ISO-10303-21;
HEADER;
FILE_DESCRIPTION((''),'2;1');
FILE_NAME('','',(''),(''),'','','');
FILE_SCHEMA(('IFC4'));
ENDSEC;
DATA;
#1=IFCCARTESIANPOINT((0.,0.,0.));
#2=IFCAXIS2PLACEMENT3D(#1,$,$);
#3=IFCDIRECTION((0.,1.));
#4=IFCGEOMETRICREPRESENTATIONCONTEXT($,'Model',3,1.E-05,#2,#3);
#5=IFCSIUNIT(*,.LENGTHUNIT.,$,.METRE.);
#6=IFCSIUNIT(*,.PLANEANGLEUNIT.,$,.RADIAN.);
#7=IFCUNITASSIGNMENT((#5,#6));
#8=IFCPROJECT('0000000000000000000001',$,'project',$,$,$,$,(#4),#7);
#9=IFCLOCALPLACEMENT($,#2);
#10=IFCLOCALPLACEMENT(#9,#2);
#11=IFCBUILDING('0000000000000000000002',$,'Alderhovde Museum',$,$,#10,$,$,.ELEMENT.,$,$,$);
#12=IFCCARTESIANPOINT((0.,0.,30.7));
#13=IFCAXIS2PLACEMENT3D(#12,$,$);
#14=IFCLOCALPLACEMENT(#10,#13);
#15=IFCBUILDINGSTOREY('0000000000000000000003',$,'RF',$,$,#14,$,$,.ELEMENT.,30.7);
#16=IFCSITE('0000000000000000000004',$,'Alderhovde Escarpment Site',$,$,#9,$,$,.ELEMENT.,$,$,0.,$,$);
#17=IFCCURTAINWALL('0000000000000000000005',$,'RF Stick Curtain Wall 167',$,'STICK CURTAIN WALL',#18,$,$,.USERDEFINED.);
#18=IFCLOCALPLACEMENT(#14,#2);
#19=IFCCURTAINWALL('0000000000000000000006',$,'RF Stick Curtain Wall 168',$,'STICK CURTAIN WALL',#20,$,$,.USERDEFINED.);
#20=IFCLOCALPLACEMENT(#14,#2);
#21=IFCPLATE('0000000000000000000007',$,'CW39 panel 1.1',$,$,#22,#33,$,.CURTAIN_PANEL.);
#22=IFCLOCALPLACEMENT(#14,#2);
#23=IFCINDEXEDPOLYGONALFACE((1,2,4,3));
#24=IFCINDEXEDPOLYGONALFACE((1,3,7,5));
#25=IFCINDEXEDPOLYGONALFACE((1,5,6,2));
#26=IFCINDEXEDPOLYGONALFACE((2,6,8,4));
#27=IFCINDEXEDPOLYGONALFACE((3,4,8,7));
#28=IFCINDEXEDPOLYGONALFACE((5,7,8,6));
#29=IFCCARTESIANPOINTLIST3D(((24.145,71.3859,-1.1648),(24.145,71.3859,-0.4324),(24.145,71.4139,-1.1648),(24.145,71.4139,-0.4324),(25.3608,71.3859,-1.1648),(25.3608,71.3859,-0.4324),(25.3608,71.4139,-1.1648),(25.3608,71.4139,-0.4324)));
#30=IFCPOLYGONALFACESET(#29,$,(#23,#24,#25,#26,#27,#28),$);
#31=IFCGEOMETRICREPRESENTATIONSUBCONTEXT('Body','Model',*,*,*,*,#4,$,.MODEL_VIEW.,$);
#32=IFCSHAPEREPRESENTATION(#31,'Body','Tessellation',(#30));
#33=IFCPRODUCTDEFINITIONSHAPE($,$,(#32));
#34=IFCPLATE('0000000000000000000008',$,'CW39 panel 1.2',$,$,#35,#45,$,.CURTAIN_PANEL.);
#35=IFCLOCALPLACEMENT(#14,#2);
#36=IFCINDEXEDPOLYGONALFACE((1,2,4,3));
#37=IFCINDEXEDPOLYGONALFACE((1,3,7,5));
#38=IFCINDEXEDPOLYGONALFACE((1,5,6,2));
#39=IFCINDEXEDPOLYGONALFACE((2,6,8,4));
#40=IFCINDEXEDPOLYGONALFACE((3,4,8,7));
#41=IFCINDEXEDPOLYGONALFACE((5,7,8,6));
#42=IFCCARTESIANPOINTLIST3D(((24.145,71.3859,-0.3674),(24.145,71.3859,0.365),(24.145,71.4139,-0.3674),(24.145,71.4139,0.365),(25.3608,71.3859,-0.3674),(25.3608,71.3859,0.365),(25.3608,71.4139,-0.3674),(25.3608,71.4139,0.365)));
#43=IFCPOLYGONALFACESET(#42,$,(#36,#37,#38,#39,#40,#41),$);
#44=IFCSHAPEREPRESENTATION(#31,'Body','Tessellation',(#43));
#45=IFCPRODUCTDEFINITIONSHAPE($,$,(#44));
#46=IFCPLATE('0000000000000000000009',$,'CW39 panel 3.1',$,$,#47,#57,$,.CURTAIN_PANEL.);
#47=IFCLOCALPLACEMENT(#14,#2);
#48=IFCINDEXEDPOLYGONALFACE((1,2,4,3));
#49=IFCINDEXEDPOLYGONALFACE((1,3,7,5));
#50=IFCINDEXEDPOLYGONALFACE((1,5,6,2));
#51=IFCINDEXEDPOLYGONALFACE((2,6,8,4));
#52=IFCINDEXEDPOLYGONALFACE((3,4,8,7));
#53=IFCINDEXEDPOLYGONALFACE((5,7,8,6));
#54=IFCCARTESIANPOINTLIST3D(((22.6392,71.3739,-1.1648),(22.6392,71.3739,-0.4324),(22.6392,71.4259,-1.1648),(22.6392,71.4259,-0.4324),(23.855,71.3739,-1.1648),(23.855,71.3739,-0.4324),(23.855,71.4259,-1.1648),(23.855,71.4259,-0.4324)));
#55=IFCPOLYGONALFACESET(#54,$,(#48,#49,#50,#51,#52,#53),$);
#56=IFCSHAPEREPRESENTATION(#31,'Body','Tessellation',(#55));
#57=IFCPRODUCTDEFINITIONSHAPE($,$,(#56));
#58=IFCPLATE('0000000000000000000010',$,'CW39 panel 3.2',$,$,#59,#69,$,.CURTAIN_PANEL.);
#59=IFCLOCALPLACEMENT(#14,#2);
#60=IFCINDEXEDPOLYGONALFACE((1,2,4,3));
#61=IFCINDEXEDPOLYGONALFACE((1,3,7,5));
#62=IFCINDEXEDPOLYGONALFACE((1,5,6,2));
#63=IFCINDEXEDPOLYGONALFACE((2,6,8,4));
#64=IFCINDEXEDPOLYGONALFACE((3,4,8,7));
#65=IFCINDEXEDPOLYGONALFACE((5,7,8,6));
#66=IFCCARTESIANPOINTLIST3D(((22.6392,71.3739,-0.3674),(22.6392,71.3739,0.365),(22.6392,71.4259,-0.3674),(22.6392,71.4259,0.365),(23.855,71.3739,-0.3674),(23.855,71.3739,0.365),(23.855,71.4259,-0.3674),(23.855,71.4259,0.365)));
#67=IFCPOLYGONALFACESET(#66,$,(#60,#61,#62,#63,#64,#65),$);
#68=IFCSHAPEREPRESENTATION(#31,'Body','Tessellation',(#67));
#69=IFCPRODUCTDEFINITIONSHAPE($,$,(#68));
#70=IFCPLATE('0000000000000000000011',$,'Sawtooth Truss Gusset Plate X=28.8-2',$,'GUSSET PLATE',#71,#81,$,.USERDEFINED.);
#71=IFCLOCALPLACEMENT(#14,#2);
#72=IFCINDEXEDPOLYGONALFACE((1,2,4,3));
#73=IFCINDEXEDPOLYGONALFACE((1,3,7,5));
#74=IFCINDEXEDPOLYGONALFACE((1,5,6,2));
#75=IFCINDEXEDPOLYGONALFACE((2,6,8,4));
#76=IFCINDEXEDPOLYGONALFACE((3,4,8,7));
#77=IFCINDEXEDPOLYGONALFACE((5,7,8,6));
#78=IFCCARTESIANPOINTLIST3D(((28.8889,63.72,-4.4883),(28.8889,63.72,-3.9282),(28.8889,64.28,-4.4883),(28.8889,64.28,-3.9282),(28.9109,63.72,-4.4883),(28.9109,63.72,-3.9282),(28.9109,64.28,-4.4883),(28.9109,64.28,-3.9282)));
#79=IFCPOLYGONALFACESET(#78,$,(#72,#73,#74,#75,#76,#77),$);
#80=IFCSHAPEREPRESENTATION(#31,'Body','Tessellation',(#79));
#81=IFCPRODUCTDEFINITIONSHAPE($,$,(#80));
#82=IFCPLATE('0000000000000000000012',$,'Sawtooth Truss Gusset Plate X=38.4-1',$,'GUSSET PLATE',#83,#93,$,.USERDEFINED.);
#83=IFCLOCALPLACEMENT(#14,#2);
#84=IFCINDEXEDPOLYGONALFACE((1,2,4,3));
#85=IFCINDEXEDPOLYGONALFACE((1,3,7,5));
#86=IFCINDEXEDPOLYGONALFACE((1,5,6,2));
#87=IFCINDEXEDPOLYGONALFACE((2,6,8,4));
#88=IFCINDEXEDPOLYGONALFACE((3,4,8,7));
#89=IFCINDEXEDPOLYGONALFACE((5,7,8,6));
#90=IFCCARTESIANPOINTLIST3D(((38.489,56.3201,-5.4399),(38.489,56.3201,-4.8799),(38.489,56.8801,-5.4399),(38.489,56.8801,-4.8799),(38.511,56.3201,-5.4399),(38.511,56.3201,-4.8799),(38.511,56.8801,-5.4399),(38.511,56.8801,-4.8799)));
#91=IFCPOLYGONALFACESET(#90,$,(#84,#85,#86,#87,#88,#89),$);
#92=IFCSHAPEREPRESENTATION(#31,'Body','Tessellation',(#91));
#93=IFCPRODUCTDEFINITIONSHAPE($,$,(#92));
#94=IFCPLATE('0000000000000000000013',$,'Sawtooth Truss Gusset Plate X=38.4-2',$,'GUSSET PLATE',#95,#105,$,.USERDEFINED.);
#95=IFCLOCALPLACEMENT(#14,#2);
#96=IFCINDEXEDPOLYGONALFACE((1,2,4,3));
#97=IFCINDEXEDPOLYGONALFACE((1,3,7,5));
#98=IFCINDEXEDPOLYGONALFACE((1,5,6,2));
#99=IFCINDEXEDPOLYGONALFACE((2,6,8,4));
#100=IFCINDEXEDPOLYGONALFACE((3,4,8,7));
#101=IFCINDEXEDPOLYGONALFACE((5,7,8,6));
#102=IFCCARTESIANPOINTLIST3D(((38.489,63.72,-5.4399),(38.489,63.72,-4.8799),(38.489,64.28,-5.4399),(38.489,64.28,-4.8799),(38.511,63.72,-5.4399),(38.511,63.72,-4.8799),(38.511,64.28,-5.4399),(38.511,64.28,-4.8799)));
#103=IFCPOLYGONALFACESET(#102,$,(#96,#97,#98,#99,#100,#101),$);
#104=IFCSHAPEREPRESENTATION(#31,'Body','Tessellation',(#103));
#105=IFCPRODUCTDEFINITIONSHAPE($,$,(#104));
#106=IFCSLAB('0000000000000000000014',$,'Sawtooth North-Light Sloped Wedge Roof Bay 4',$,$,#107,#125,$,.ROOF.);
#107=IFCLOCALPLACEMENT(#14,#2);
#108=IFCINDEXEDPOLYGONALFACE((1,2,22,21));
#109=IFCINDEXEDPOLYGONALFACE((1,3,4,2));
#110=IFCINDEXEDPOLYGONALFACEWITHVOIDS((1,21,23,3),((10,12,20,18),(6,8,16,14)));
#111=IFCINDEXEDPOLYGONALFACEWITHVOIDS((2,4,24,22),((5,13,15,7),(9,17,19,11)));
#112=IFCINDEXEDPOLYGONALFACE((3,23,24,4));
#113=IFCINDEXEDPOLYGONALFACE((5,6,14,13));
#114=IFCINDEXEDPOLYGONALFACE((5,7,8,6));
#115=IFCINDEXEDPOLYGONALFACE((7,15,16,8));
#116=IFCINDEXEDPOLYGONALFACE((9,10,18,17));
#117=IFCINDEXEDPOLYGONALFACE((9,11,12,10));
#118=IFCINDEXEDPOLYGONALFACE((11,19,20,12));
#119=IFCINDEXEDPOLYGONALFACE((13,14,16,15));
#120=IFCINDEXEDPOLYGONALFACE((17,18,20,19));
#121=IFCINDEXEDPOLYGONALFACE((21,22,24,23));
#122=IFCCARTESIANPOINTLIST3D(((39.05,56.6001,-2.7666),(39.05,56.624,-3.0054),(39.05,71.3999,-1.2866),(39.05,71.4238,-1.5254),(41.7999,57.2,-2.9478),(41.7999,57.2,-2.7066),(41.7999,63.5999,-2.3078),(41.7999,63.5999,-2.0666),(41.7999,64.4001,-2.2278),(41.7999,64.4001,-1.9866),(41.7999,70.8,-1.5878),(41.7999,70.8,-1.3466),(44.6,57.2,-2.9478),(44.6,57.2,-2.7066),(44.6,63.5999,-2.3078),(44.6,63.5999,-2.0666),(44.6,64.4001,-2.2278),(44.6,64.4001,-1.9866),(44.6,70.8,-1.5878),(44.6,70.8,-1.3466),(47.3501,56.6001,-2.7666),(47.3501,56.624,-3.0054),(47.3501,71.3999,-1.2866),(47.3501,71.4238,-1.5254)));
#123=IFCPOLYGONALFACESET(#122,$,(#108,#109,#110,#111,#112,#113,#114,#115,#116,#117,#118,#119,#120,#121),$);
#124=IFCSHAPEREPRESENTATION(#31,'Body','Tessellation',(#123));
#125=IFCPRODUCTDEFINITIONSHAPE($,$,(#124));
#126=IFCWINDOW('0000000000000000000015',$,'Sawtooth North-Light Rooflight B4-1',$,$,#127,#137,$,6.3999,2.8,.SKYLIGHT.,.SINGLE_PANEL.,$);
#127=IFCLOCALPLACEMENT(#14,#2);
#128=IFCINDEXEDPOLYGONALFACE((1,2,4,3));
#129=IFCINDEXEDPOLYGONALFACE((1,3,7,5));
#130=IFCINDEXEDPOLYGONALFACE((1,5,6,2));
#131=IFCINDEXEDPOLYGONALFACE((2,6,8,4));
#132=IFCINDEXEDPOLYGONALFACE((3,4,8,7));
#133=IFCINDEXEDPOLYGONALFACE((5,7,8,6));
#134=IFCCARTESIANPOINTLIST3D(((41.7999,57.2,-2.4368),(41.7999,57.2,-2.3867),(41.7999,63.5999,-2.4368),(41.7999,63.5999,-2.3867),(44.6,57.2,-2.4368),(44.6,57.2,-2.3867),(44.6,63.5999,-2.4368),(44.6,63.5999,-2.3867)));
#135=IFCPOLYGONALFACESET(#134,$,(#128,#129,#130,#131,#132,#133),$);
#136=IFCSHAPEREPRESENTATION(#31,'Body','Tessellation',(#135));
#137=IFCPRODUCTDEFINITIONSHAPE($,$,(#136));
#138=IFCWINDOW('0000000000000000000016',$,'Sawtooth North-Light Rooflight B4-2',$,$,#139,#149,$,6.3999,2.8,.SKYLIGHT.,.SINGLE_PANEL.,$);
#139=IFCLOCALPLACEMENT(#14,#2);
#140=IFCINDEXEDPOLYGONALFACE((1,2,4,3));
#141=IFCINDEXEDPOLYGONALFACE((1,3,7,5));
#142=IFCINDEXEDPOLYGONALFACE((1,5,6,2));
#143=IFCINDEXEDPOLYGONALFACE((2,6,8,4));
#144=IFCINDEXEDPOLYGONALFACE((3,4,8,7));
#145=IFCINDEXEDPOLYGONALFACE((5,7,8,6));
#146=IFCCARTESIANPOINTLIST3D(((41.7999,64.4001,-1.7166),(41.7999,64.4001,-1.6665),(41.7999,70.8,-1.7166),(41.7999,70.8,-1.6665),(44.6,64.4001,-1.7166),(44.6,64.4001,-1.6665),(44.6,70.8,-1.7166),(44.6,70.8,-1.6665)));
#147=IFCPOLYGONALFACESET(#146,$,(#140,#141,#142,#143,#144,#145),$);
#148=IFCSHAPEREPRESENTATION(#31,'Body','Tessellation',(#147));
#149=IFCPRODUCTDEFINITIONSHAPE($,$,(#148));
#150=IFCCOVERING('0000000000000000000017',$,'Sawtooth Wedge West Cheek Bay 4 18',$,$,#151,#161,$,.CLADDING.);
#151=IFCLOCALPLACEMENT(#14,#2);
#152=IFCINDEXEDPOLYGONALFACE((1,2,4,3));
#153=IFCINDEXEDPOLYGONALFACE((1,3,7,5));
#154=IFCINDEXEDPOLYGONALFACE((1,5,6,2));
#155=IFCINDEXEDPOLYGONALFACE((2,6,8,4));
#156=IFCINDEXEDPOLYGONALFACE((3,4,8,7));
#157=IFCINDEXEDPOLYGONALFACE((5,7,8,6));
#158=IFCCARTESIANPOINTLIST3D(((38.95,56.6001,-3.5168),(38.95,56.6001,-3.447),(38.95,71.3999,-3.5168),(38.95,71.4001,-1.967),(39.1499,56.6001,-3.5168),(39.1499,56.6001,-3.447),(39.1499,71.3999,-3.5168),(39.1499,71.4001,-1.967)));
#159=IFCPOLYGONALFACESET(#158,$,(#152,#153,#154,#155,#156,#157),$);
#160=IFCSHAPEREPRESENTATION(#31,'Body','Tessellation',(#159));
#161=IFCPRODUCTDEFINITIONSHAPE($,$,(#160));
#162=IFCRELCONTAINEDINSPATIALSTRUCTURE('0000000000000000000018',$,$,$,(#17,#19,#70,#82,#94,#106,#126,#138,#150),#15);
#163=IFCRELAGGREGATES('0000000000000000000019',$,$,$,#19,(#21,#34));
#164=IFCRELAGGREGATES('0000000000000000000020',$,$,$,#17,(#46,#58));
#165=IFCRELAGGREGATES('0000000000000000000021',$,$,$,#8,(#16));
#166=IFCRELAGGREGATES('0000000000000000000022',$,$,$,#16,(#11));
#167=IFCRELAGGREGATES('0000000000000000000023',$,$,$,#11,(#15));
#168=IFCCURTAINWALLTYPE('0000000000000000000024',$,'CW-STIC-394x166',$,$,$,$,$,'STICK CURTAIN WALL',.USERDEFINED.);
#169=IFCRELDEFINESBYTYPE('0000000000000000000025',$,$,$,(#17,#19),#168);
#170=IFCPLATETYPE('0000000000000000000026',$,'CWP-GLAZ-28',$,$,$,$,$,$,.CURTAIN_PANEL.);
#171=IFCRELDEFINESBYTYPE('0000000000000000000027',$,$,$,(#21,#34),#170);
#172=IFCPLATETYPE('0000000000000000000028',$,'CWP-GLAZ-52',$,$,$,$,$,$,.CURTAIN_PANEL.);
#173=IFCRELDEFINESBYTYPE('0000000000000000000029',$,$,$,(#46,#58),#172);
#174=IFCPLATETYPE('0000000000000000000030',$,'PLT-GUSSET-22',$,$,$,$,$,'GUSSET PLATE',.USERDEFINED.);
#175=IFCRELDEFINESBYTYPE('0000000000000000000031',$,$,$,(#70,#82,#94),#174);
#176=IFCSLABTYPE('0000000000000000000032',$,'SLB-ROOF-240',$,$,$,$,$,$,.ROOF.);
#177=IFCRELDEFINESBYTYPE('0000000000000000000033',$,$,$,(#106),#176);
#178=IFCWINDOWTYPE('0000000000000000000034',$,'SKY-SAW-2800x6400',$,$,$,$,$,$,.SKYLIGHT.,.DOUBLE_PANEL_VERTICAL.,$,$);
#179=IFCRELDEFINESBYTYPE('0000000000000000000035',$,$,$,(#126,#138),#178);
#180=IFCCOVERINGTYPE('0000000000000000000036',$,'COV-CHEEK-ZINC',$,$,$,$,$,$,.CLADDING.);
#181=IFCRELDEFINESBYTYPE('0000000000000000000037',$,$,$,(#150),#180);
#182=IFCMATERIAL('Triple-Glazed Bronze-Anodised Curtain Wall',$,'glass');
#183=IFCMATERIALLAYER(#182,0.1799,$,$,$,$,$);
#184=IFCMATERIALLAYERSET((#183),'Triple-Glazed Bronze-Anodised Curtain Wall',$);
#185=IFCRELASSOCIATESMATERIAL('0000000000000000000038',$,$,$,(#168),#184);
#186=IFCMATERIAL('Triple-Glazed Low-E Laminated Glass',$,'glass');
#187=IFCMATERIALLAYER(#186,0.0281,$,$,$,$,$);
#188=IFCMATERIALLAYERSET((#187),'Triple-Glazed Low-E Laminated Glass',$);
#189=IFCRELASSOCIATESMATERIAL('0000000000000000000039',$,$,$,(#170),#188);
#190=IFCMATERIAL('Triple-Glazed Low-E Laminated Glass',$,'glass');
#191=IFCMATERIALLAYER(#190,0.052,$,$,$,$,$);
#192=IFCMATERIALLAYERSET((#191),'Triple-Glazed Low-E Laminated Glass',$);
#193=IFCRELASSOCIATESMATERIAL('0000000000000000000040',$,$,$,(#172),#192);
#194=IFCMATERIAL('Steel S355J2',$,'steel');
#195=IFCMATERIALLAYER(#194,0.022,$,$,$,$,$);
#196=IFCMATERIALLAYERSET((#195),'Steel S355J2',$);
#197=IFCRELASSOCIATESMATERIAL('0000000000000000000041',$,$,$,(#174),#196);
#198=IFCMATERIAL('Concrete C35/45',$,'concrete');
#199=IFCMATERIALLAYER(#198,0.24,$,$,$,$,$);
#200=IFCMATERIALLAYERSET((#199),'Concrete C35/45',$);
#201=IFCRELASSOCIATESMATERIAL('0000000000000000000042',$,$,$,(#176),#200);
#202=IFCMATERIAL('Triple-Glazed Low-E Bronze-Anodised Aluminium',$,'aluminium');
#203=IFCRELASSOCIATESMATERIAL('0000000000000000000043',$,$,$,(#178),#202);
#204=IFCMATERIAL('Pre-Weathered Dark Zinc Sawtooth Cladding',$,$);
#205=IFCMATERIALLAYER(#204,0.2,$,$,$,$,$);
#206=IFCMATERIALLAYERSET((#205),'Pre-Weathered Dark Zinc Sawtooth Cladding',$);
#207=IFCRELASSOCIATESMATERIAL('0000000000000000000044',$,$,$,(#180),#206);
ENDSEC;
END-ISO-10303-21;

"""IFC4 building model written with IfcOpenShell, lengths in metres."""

from ifc_helpers import new_model, si_unit, direction, frame, origin, origin_2d, place, context, subcontext, project, spatial, polyline, rectangle, outline, extrude, material, layer, layer_set, type_object, element, fill, aggregate, save


model = new_model("IFC4")

# Units and contexts
model_context = context("Model", 3, precision=1e-05, world=origin(), true_north=direction((0.0, 1.0)))
body_context = subcontext(model_context, "Body", "Model", "MODEL_VIEW")
ifc_project = project(units=[si_unit("LENGTHUNIT", "METRE"), si_unit("PLANEANGLEUNIT", "RADIAN")], contexts=[model_context])

# Site, building, storey
site_placement = place(None, origin())
site = spatial("IfcSite", under=ifc_project, at=site_placement, Name="Alderhovde Escarpment Site", CompositionType="ELEMENT", RefElevation=0.0)
building_placement = place(site_placement, origin())
building = spatial("IfcBuilding", under=site, at=building_placement, Name="Alderhovde Museum", CompositionType="ELEMENT")
storey_placement = place(building_placement, frame((0.0, 0.0, 30.7)))
storey = spatial("IfcBuildingStorey", under=building, at=storey_placement, Name="RF", CompositionType="ELEMENT", Elevation=30.7)

# Curtain wall
ifc_material_1 = material(Name="Triple-Glazed Bronze-Anodised Curtain Wall", Category="glass")
ifc_layer_1 = layer(ifc_material_1, 0.1799)
ifc_layer_set_1 = layer_set([ifc_layer_1], Name="Triple-Glazed Bronze-Anodised Curtain Wall")
curtain_wall_type = type_object("IfcCurtainWallType", Name="CW-STIC-394x166", ElementType="STICK CURTAIN WALL", PredefinedType="USERDEFINED", material=ifc_layer_set_1)
curtain_wall_1_placement = place(storey_placement, origin())
curtain_wall_1 = element("IfcCurtainWall", 1, at=curtain_wall_1_placement, inside=storey, type_object=curtain_wall_type, Name="RF Stick Curtain Wall 167", ObjectType="STICK CURTAIN WALL", PredefinedType="USERDEFINED")

# Curtain wall
curtain_wall_2_placement = place(storey_placement, origin())
curtain_wall_2 = element("IfcCurtainWall", 2, at=curtain_wall_2_placement, inside=storey, type_object=curtain_wall_type, Name="RF Stick Curtain Wall 168", ObjectType="STICK CURTAIN WALL", PredefinedType="USERDEFINED")

# Plates
ifc_material_2 = material(Name="Triple-Glazed Low-E Laminated Glass", Category="glass")
ifc_layer_2 = layer(ifc_material_2, 0.0281)
ifc_layer_set_2 = layer_set([ifc_layer_2], Name="Triple-Glazed Low-E Laminated Glass")
plate_type_1 = type_object("IfcPlateType", Name="CWP-GLAZ-28", PredefinedType="CURTAIN_PANEL", material=ifc_layer_set_2)
plate_1_placement = place(storey_placement, frame((24.7529, 71.3999, -1.1648), z_axis=(0.0, 0.0, 1.0), x_axis=(1.0, 0.0, 0.0)))
plate_1 = element("IfcPlate", 3, at=plate_1_placement, type_object=plate_type_1, Name="CW39 panel 1.1", PredefinedType="CURTAIN_PANEL", context=body_context, shape_type="SweptSolid", body=[
    extrude(rectangle(XDim=1.2158, YDim=0.0281, at=origin_2d()), origin(), (0.0, 0.0, 1.0), 0.7324),
])
plate_2_placement = place(storey_placement, frame((24.7529, 71.3999, -0.3674), z_axis=(0.0, 0.0, 1.0), x_axis=(1.0, 0.0, 0.0)))
plate_2 = element("IfcPlate", 4, at=plate_2_placement, type_object=plate_type_1, Name="CW39 panel 1.2", PredefinedType="CURTAIN_PANEL", context=body_context, shape_type="SweptSolid", body=[
    extrude(rectangle(XDim=1.2158, YDim=0.0281, at=origin_2d()), origin(), (0.0, 0.0, 1.0), 0.7324),
])
aggregate(curtain_wall_2, [plate_1, plate_2])
ifc_material_3 = material(Name="Triple-Glazed Low-E Laminated Glass", Category="glass")
ifc_layer_3 = layer(ifc_material_3, 0.052)
ifc_layer_set_3 = layer_set([ifc_layer_3], Name="Triple-Glazed Low-E Laminated Glass")
plate_type_2 = type_object("IfcPlateType", Name="CWP-GLAZ-52", PredefinedType="CURTAIN_PANEL", material=ifc_layer_set_3)
plate_3_placement = place(storey_placement, frame((23.2471, 71.3999, -1.1648), z_axis=(0.0, 0.0, 1.0), x_axis=(1.0, 0.0, 0.0)))
plate_3 = element("IfcPlate", 5, at=plate_3_placement, type_object=plate_type_2, Name="CW39 panel 3.1", PredefinedType="CURTAIN_PANEL", context=body_context, shape_type="SweptSolid", body=[
    extrude(rectangle(XDim=1.2158, YDim=0.052, at=origin_2d()), origin(), (0.0, 0.0, 1.0), 0.7324),
])
plate_4_placement = place(storey_placement, frame((23.2471, 71.3999, -0.3674), z_axis=(0.0, 0.0, 1.0), x_axis=(1.0, 0.0, 0.0)))
plate_4 = element("IfcPlate", 6, at=plate_4_placement, type_object=plate_type_2, Name="CW39 panel 3.2", PredefinedType="CURTAIN_PANEL", context=body_context, shape_type="SweptSolid", body=[
    extrude(rectangle(XDim=1.2158, YDim=0.052, at=origin_2d()), origin(), (0.0, 0.0, 1.0), 0.7324),
])
aggregate(curtain_wall_1, [plate_3, plate_4])

# Plates
ifc_material_4 = material(Name="Steel S355J2", Category="steel")
ifc_layer_4 = layer(ifc_material_4, 0.022)
ifc_layer_set_4 = layer_set([ifc_layer_4], Name="Steel S355J2")
plate_type_3 = type_object("IfcPlateType", Name="PLT-GUSSET-22", ElementType="GUSSET PLATE", PredefinedType="USERDEFINED", material=ifc_layer_set_4)
for number, where, z_axis, x_axis, name in (
    (7, (28.8999, 64.0, -4.4883), (0.0, 0.0, 1.0), (1.0, 0.0, 0.0), "Sawtooth Truss Gusset Plate X=28.8-2"),
    (8, (38.5, 56.6001, -5.4399), (0.0, 0.0, 1.0), (1.0, 0.0, 0.0), "Sawtooth Truss Gusset Plate X=38.4-1"),
    (9, (38.5, 64.0, -5.4399), (0.0, 0.0, 1.0), (1.0, 0.0, 0.0), "Sawtooth Truss Gusset Plate X=38.4-2"),
):
    element("IfcPlate", number, at=place(storey_placement, frame(where, z_axis=z_axis, x_axis=x_axis)), inside=storey, type_object=plate_type_3, Name=name, ObjectType="GUSSET PLATE", PredefinedType="USERDEFINED", context=body_context, shape_type="SweptSolid", body=[
        extrude(rectangle(XDim=0.022, YDim=0.5601, at=origin_2d()), origin(), (0.0, 0.0, 1.0), 0.5601),
    ])

# Slab, openings, windows
ifc_material_5 = material(Name="Concrete C35/45", Category="concrete")
ifc_layer_5 = layer(ifc_material_5, 0.24)
ifc_layer_set_5 = layer_set([ifc_layer_5], Name="Concrete C35/45")
slab_type = type_object("IfcSlabType", Name="SLB-ROOF-240", PredefinedType="ROOF", material=ifc_layer_set_5)
slab_placement = place(storey_placement, frame((39.05, 56.6001, -2.7666), z_axis=(0.0, -0.099504, 0.995037), x_axis=(1.0, 0.0, 0.0)))
slab = element("IfcSlab", 10, at=slab_placement, inside=storey, type_object=slab_type, Name="Sawtooth North-Light Sloped Wedge Roof Bay 4", PredefinedType="ROOF", context=body_context, shape_type="SweptSolid", body=[
    extrude(outline(polyline([(0.0, 0.0), (8.3, 0.0), (8.3, 14.8736), (0.0, 14.8736), (0.0, 0.0)])), origin(), (0.0, 0.0, -1.0), 0.24),
])
opening_1_placement = place(storey_placement, frame((43.2, 60.3999, -4.1267)))
opening_1 = element("IfcOpeningElement", 11, at=opening_1_placement, cuts=slab, PredefinedType="OPENING", context=body_context, shape_type="SweptSolid", body=[
    extrude(rectangle(XDim=2.8, YDim=6.3999, at=origin_2d()), origin(), (0.0, 0.0, 1.0), 3.24),
])
opening_2_placement = place(storey_placement, frame((43.2, 67.6001, -3.4065)))
opening_2 = element("IfcOpeningElement", 12, at=opening_2_placement, cuts=slab, PredefinedType="OPENING", context=body_context, shape_type="SweptSolid", body=[
    extrude(rectangle(XDim=2.8, YDim=6.3999, at=origin_2d()), origin(), (0.0, 0.0, 1.0), 3.24),
])
ifc_material_6 = material(Name="Triple-Glazed Low-E Bronze-Anodised Aluminium", Category="aluminium")
window_type = type_object("IfcWindowType", Name="SKY-SAW-2800x6400", PartitioningType="DOUBLE_PANEL_VERTICAL", PredefinedType="SKYLIGHT", material=ifc_material_6)
window_1_placement = place(opening_1_placement, frame((0.0, 0.0, 1.6899)))
window_1 = element("IfcWindow", 13, at=window_1_placement, inside=storey, type_object=window_type, Name="Sawtooth North-Light Rooflight B4-1", OverallHeight=6.3999, OverallWidth=2.8, PartitioningType="SINGLE_PANEL", PredefinedType="SKYLIGHT", context=body_context, shape_type="SweptSolid", body=[
    extrude(rectangle(XDim=2.8, YDim=6.3999, at=origin_2d()), origin(), (0.0, 0.0, 1.0), 0.05),
])
fill(opening_1, window_1)
window_2_placement = place(opening_2_placement, frame((0.0, 0.0, 1.6899)))
window_2 = element("IfcWindow", 14, at=window_2_placement, inside=storey, type_object=window_type, Name="Sawtooth North-Light Rooflight B4-2", OverallHeight=6.3999, OverallWidth=2.8, PartitioningType="SINGLE_PANEL", PredefinedType="SKYLIGHT", context=body_context, shape_type="SweptSolid", body=[
    extrude(rectangle(XDim=2.8, YDim=6.3999, at=origin_2d()), origin(), (0.0, 0.0, 1.0), 0.05),
])
fill(opening_2, window_2)

# Covering
ifc_material_7 = material(Name="Pre-Weathered Dark Zinc Sawtooth Cladding")
ifc_layer_6 = layer(ifc_material_7, 0.2)
ifc_layer_set_6 = layer_set([ifc_layer_6], Name="Pre-Weathered Dark Zinc Sawtooth Cladding")
covering_type = type_object("IfcCoveringType", Name="COV-CHEEK-ZINC", PredefinedType="CLADDING", material=ifc_layer_set_6)
covering_placement = place(storey_placement, frame((39.05, 56.6001, -3.5168), z_axis=(0.0, 0.0, 1.0), x_axis=(0.0, 1.0, 0.0)))
element("IfcCovering", 15, at=covering_placement, inside=storey, type_object=covering_type, Name="Sawtooth Wedge West Cheek Bay 4 18", PredefinedType="CLADDING", context=body_context, shape_type="SweptSolid", body=[
    extrude(outline(polyline([(0.0, 0.0), (14.7998, 0.0), (14.8, 1.5498), (0.0, 0.0698), (0.0, 0.0)])), frame((0.0, 0.1001, 0.0), z_axis=(0.0, -1.0, 0.0), x_axis=(1.0, 0.0, 0.0)), (0.0, 0.0, 1.0), 0.2),
])

save(model, "model.ifc")
